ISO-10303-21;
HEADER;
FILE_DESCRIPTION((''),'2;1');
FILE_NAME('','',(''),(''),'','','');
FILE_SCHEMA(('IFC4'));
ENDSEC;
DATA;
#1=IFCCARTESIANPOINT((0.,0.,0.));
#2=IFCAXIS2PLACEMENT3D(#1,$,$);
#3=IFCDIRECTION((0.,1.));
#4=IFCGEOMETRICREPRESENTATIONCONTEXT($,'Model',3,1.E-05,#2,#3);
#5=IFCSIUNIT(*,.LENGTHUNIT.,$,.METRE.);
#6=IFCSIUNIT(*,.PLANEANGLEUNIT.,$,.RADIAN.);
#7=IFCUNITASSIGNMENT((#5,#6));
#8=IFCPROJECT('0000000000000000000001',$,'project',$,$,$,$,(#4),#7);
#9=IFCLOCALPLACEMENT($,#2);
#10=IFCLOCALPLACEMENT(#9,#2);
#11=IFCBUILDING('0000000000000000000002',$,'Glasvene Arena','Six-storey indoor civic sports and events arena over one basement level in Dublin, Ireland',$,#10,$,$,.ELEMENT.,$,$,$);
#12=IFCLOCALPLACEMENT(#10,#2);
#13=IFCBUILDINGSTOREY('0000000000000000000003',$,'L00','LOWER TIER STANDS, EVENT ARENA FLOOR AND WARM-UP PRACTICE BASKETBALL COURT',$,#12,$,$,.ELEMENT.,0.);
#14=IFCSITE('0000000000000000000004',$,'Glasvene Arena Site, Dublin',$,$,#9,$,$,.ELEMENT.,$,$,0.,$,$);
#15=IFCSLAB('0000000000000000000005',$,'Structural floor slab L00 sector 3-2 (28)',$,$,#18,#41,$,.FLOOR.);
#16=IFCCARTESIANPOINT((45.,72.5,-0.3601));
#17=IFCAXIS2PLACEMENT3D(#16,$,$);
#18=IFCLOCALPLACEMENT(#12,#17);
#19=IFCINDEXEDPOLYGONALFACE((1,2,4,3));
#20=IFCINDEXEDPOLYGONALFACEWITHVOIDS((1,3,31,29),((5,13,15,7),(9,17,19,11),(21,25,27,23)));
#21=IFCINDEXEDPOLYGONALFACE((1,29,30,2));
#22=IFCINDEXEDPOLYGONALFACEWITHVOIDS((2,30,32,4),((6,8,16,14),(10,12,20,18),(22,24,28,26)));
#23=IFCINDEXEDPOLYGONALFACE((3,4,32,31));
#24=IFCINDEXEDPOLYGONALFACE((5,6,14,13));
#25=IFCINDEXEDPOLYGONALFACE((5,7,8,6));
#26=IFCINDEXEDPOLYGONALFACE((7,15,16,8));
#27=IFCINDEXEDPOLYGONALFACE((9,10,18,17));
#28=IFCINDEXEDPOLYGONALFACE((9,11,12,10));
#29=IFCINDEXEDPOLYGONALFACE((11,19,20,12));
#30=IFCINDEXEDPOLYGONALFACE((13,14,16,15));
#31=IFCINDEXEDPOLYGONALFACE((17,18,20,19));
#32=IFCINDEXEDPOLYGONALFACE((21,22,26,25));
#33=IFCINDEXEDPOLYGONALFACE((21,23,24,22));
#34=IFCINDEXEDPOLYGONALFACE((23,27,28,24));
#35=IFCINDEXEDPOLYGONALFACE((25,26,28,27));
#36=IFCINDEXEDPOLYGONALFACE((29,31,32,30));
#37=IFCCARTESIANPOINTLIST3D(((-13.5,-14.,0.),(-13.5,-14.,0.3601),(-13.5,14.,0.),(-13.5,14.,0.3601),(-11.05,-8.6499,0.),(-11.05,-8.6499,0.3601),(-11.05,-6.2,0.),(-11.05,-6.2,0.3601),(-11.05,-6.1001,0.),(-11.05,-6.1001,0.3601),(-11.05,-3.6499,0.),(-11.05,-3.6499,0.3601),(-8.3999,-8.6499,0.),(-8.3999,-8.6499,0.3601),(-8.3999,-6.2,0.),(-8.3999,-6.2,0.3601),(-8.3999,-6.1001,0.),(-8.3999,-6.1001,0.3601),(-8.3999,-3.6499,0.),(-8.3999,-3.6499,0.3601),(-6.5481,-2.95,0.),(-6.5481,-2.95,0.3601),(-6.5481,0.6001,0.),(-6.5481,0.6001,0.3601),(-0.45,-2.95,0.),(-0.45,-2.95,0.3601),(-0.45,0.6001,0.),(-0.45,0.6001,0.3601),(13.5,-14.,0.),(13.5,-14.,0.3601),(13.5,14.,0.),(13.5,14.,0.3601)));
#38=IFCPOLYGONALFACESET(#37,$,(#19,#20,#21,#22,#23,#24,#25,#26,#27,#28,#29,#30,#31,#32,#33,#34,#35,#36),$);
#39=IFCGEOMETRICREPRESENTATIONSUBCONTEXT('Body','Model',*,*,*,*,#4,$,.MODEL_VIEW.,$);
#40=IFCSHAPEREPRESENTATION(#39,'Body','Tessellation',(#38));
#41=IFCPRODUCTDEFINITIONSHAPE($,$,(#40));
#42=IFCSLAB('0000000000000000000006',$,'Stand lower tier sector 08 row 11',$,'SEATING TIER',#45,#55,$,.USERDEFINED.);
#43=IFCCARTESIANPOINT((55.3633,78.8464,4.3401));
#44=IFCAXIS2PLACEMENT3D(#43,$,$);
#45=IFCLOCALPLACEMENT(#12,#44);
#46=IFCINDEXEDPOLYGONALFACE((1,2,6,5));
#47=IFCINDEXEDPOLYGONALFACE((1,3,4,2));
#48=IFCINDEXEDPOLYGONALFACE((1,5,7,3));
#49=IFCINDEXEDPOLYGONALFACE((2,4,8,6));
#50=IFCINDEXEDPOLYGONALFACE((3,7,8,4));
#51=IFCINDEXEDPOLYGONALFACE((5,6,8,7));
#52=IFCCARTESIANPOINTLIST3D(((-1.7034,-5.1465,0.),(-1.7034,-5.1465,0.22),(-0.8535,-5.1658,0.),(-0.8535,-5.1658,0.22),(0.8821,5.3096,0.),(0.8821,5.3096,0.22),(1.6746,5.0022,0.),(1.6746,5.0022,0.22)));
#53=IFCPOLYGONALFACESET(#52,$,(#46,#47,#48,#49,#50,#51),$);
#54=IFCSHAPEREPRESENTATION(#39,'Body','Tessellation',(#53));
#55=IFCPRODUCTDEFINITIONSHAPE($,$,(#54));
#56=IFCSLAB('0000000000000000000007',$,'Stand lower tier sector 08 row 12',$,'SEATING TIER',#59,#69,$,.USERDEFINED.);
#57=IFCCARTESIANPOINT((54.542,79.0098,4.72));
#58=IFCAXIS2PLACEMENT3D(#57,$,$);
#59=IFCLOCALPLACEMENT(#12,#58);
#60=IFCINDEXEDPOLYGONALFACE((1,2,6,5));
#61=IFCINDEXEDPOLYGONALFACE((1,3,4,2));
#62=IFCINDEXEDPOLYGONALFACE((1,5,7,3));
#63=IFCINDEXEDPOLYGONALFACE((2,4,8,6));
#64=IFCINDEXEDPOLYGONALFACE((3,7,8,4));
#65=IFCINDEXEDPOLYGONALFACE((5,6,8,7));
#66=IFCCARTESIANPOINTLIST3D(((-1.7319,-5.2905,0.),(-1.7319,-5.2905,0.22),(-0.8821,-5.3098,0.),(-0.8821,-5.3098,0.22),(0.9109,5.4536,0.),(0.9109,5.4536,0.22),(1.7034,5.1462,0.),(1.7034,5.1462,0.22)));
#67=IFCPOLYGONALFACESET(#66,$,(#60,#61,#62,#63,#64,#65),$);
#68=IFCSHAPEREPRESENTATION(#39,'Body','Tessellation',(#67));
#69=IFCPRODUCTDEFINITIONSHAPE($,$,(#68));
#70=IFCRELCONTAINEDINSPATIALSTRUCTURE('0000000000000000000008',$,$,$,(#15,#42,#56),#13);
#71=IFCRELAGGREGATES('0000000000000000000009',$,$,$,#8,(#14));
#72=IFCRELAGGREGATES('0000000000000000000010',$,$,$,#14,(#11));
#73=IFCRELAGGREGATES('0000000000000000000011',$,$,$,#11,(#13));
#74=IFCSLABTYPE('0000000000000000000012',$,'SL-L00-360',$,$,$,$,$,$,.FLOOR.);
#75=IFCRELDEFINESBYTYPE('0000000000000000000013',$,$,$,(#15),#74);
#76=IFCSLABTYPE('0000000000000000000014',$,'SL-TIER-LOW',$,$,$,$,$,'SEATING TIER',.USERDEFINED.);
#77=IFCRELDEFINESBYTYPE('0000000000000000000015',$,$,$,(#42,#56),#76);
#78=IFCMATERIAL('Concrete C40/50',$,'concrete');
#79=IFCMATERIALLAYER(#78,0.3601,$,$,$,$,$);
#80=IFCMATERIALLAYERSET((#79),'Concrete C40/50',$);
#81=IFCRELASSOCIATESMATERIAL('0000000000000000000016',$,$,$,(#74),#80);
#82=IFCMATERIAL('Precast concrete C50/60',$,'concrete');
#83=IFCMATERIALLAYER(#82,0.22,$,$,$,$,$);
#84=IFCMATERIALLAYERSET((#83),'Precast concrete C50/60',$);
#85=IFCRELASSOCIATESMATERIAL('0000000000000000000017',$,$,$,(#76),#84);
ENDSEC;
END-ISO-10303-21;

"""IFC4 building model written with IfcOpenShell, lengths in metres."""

from ifc_helpers import new_model, si_unit, direction, frame, origin, place, context, subcontext, project, spatial, polyline, outline, extrude, material, layer, layer_set, type_object, element, save


model = new_model("IFC4")

# Units and contexts
model_context = context("Model", 3, precision=1e-05, world=origin(), true_north=direction((0.0, 1.0)))
body_context = subcontext(model_context, "Body", "Model", "MODEL_VIEW")
ifc_project = project(units=[si_unit("LENGTHUNIT", "METRE"), si_unit("PLANEANGLEUNIT", "RADIAN")], contexts=[model_context])

# Site, building, storey
site_placement = place(None, origin())
site = spatial("IfcSite", under=ifc_project, at=site_placement, Name="Glasvene Arena Site, Dublin", CompositionType="ELEMENT", RefElevation=0.0)
building_placement = place(site_placement, origin())
building = spatial("IfcBuilding", under=site, at=building_placement, Name="Glasvene Arena", Description="Six-storey indoor civic sports and events arena over one basement level in Dublin, Ireland", CompositionType="ELEMENT")
storey_placement = place(building_placement, origin())
storey = spatial("IfcBuildingStorey", under=building, at=storey_placement, Name="L00", Description="LOWER TIER STANDS, EVENT ARENA FLOOR AND WARM-UP PRACTICE BASKETBALL COURT", CompositionType="ELEMENT", Elevation=0.0)

# Shared definitions
ifc_material_1 = material(Name="Concrete C40/50", Category="concrete")

# Shared definitions
ifc_material_2 = material(Name="Precast concrete C50/60", Category="concrete")

# Slab
ifc_layer_1 = layer(ifc_material_1, 0.3601)
ifc_layer_set_1 = layer_set([ifc_layer_1], Name="Concrete C40/50")
slab_type_1 = type_object("IfcSlabType", Name="SL-L00-360", PredefinedType="FLOOR", material=ifc_layer_set_1)
slab_1_placement = place(storey_placement, frame((45.0, 72.5, -0.3601)))
element("IfcSlab", 1, at=slab_1_placement, inside=storey, type_object=slab_type_1, Name="Structural floor slab L00 sector 3-2 (28)", PredefinedType="FLOOR", context=body_context, shape_type="SweptSolid", body=[
    extrude(outline(polyline([(-13.5, 14.0), (13.5, 14.0), (13.5, -14.0), (-13.5, -14.0), (-13.5, 14.0)]), holes=[polyline([(-8.3999, -8.6499), (-8.3999, -6.2), (-11.05, -6.2), (-11.05, -8.6499), (-8.3999, -8.6499)]), polyline([(-8.3999, -6.1001), (-8.3999, -3.6499), (-11.05, -3.6499), (-11.05, -6.1001), (-8.3999, -6.1001)]), polyline([(-0.45, -2.95), (-0.45, 0.6001), (-6.5481, 0.6001), (-6.5481, -2.95), (-0.45, -2.95)])]), origin(), (0.0, 0.0, 1.0), 0.3601),
])

# Slabs
ifc_layer_2 = layer(ifc_material_2, 0.22)
ifc_layer_set_2 = layer_set([ifc_layer_2], Name="Precast concrete C50/60")
slab_type_2 = type_object("IfcSlabType", Name="SL-TIER-LOW", ElementType="SEATING TIER", PredefinedType="USERDEFINED", material=ifc_layer_set_2)
slab_2_placement = place(storey_placement, frame((55.3633, 78.8464, 4.3401)))
element("IfcSlab", 2, at=slab_2_placement, inside=storey, type_object=slab_type_2, Name="Stand lower tier sector 08 row 11", ObjectType="SEATING TIER", PredefinedType="USERDEFINED", context=body_context, shape_type="SweptSolid", body=[
    extrude(outline(polyline([(1.6746, 5.0022), (-0.8535, -5.1658), (-1.7034, -5.1465), (0.8821, 5.3096), (1.6746, 5.0022)])), origin(), (0.0, 0.0, 1.0), 0.22),
])
slab_3_placement = place(storey_placement, frame((54.542, 79.0098, 4.72)))
element("IfcSlab", 3, at=slab_3_placement, inside=storey, type_object=slab_type_2, Name="Stand lower tier sector 08 row 12", ObjectType="SEATING TIER", PredefinedType="USERDEFINED", context=body_context, shape_type="SweptSolid", body=[
    extrude(outline(polyline([(1.7034, 5.1462), (-0.8821, -5.3098), (-1.7319, -5.2905), (0.9109, 5.4536), (1.7034, 5.1462)])), origin(), (0.0, 0.0, 1.0), 0.22),
])

save(model, "model.ifc")
